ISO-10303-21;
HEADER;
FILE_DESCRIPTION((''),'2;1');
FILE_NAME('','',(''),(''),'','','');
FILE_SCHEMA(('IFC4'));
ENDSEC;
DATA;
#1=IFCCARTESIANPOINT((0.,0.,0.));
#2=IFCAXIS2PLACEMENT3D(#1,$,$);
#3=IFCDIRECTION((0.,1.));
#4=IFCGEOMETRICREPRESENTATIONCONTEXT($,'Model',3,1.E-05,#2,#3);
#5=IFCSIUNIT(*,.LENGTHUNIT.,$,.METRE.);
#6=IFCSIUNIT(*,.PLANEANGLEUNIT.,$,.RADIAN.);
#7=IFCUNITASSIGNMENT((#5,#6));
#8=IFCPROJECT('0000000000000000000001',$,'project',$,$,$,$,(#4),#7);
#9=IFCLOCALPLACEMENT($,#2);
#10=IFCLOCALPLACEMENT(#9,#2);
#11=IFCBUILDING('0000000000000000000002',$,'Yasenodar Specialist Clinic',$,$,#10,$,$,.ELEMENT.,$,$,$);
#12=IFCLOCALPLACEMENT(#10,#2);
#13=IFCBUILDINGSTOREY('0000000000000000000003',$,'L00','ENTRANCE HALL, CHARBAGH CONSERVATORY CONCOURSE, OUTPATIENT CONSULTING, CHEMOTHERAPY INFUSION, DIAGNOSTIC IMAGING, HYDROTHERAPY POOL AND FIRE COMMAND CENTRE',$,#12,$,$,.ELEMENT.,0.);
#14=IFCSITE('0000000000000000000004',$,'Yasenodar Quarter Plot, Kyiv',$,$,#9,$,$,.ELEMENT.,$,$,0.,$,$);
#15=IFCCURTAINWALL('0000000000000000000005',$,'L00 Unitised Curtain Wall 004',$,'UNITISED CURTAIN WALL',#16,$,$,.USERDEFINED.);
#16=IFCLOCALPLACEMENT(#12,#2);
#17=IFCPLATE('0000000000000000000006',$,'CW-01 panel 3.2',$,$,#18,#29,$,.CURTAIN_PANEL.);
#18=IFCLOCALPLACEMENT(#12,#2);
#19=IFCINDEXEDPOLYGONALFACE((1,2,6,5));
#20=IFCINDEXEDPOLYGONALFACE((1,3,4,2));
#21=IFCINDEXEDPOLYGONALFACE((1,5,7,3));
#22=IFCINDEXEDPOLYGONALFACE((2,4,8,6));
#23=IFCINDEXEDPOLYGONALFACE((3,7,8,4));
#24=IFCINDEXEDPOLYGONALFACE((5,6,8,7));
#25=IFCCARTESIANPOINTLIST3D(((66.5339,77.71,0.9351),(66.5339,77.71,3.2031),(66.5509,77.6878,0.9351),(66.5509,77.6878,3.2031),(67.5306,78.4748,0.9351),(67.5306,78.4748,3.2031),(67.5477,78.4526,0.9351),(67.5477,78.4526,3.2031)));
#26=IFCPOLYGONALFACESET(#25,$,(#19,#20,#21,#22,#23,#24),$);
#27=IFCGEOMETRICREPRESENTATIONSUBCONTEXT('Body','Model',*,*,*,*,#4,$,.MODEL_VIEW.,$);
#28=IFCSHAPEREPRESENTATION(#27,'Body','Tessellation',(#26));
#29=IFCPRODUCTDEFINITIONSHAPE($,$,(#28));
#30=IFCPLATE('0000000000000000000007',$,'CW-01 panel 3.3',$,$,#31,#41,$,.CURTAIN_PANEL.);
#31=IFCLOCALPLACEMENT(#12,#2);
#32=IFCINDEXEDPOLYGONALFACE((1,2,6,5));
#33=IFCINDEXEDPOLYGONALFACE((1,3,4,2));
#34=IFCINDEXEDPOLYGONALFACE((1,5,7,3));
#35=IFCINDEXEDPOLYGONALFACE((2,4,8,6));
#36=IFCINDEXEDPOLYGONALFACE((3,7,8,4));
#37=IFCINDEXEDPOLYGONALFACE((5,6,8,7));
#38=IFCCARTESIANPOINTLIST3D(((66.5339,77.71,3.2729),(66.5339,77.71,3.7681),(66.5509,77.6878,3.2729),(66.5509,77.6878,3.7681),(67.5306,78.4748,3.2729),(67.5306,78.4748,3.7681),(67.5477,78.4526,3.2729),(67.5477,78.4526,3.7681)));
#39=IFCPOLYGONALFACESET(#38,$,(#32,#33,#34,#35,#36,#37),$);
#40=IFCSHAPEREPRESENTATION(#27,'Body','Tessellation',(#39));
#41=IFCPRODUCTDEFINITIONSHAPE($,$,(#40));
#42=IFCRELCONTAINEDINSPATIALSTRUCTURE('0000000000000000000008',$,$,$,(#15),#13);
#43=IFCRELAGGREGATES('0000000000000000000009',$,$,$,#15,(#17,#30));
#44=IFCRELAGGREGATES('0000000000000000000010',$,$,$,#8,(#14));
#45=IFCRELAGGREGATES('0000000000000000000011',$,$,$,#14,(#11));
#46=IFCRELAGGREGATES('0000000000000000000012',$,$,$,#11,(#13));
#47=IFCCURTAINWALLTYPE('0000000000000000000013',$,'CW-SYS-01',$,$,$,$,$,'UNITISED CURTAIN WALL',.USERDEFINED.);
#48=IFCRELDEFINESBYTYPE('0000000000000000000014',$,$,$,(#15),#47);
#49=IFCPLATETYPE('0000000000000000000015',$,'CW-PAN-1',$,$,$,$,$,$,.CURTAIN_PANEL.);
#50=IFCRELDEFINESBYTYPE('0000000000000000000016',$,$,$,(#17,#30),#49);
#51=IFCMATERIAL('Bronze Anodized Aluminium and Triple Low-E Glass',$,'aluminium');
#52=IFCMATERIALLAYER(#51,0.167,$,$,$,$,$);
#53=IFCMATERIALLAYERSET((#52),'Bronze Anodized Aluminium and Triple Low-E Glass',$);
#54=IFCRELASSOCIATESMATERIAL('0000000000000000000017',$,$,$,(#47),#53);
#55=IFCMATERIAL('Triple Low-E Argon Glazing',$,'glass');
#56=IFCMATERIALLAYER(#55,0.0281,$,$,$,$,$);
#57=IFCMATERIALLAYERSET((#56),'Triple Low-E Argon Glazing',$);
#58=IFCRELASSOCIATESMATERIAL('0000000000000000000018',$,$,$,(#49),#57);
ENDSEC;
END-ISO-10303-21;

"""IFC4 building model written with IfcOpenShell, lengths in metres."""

from ifc_helpers import new_model, si_unit, direction, frame, origin, origin_2d, place, context, subcontext, project, spatial, rectangle, extrude, material, layer, layer_set, type_object, element, aggregate, save


model = new_model("IFC4")

# Units and contexts
model_context = context("Model", 3, precision=1e-05, world=origin(), true_north=direction((0.0, 1.0)))
body_context = subcontext(model_context, "Body", "Model", "MODEL_VIEW")
ifc_project = project(units=[si_unit("LENGTHUNIT", "METRE"), si_unit("PLANEANGLEUNIT", "RADIAN")], contexts=[model_context])

# Site, building, storey
site_placement = place(None, origin())
site = spatial("IfcSite", under=ifc_project, at=site_placement, Name="Yasenodar Quarter Plot, Kyiv", CompositionType="ELEMENT", RefElevation=0.0)
building_placement = place(site_placement, origin())
building = spatial("IfcBuilding", under=site, at=building_placement, Name="Yasenodar Specialist Clinic", CompositionType="ELEMENT")
storey_placement = place(building_placement, origin())
storey = spatial("IfcBuildingStorey", under=building, at=storey_placement, Name="L00", Description="ENTRANCE HALL, CHARBAGH CONSERVATORY CONCOURSE, OUTPATIENT CONSULTING, CHEMOTHERAPY INFUSION, DIAGNOSTIC IMAGING, HYDROTHERAPY POOL AND FIRE COMMAND CENTRE", CompositionType="ELEMENT", Elevation=0.0)

# Curtain wall, plates
ifc_material_1 = material(Name="Bronze Anodized Aluminium and Triple Low-E Glass", Category="aluminium")
ifc_layer_1 = layer(ifc_material_1, 0.167)
ifc_layer_set_1 = layer_set([ifc_layer_1], Name="Bronze Anodized Aluminium and Triple Low-E Glass")
curtain_wall_type = type_object("IfcCurtainWallType", Name="CW-SYS-01", ElementType="UNITISED CURTAIN WALL", PredefinedType="USERDEFINED", material=ifc_layer_set_1)
curtain_wall_placement = place(storey_placement, origin())
curtain_wall = element("IfcCurtainWall", 1, at=curtain_wall_placement, inside=storey, type_object=curtain_wall_type, Name="L00 Unitised Curtain Wall 004", ObjectType="UNITISED CURTAIN WALL", PredefinedType="USERDEFINED")
ifc_material_2 = material(Name="Triple Low-E Argon Glazing", Category="glass")
ifc_layer_2 = layer(ifc_material_2, 0.0281)
ifc_layer_set_2 = layer_set([ifc_layer_2], Name="Triple Low-E Argon Glazing")
plate_type = type_object("IfcPlateType", Name="CW-PAN-1", PredefinedType="CURTAIN_PANEL", material=ifc_layer_set_2)
plate_1_placement = place(storey_placement, frame((67.0408, 78.0813, 0.9351), z_axis=(0.0, 0.0, 1.0), x_axis=(0.793361, 0.608752, 0.0)))
plate_1 = element("IfcPlate", 2, at=plate_1_placement, type_object=plate_type, Name="CW-01 panel 3.2", PredefinedType="CURTAIN_PANEL", context=body_context, shape_type="SweptSolid", body=[
    extrude(rectangle(XDim=1.2563, YDim=0.0281, at=origin_2d()), origin(), (0.0, 0.0, 1.0), 2.2681),
])
plate_2_placement = place(storey_placement, frame((67.0408, 78.0813, 3.2729), z_axis=(0.0, 0.0, 1.0), x_axis=(0.793361, 0.608752, 0.0)))
plate_2 = element("IfcPlate", 3, at=plate_2_placement, type_object=plate_type, Name="CW-01 panel 3.3", PredefinedType="CURTAIN_PANEL", context=body_context, shape_type="SweptSolid", body=[
    extrude(rectangle(XDim=1.2563, YDim=0.0281, at=origin_2d()), origin(), (0.0, 0.0, 1.0), 0.4951),
])
aggregate(curtain_wall, [plate_1, plate_2])

save(model, "model.ifc")
